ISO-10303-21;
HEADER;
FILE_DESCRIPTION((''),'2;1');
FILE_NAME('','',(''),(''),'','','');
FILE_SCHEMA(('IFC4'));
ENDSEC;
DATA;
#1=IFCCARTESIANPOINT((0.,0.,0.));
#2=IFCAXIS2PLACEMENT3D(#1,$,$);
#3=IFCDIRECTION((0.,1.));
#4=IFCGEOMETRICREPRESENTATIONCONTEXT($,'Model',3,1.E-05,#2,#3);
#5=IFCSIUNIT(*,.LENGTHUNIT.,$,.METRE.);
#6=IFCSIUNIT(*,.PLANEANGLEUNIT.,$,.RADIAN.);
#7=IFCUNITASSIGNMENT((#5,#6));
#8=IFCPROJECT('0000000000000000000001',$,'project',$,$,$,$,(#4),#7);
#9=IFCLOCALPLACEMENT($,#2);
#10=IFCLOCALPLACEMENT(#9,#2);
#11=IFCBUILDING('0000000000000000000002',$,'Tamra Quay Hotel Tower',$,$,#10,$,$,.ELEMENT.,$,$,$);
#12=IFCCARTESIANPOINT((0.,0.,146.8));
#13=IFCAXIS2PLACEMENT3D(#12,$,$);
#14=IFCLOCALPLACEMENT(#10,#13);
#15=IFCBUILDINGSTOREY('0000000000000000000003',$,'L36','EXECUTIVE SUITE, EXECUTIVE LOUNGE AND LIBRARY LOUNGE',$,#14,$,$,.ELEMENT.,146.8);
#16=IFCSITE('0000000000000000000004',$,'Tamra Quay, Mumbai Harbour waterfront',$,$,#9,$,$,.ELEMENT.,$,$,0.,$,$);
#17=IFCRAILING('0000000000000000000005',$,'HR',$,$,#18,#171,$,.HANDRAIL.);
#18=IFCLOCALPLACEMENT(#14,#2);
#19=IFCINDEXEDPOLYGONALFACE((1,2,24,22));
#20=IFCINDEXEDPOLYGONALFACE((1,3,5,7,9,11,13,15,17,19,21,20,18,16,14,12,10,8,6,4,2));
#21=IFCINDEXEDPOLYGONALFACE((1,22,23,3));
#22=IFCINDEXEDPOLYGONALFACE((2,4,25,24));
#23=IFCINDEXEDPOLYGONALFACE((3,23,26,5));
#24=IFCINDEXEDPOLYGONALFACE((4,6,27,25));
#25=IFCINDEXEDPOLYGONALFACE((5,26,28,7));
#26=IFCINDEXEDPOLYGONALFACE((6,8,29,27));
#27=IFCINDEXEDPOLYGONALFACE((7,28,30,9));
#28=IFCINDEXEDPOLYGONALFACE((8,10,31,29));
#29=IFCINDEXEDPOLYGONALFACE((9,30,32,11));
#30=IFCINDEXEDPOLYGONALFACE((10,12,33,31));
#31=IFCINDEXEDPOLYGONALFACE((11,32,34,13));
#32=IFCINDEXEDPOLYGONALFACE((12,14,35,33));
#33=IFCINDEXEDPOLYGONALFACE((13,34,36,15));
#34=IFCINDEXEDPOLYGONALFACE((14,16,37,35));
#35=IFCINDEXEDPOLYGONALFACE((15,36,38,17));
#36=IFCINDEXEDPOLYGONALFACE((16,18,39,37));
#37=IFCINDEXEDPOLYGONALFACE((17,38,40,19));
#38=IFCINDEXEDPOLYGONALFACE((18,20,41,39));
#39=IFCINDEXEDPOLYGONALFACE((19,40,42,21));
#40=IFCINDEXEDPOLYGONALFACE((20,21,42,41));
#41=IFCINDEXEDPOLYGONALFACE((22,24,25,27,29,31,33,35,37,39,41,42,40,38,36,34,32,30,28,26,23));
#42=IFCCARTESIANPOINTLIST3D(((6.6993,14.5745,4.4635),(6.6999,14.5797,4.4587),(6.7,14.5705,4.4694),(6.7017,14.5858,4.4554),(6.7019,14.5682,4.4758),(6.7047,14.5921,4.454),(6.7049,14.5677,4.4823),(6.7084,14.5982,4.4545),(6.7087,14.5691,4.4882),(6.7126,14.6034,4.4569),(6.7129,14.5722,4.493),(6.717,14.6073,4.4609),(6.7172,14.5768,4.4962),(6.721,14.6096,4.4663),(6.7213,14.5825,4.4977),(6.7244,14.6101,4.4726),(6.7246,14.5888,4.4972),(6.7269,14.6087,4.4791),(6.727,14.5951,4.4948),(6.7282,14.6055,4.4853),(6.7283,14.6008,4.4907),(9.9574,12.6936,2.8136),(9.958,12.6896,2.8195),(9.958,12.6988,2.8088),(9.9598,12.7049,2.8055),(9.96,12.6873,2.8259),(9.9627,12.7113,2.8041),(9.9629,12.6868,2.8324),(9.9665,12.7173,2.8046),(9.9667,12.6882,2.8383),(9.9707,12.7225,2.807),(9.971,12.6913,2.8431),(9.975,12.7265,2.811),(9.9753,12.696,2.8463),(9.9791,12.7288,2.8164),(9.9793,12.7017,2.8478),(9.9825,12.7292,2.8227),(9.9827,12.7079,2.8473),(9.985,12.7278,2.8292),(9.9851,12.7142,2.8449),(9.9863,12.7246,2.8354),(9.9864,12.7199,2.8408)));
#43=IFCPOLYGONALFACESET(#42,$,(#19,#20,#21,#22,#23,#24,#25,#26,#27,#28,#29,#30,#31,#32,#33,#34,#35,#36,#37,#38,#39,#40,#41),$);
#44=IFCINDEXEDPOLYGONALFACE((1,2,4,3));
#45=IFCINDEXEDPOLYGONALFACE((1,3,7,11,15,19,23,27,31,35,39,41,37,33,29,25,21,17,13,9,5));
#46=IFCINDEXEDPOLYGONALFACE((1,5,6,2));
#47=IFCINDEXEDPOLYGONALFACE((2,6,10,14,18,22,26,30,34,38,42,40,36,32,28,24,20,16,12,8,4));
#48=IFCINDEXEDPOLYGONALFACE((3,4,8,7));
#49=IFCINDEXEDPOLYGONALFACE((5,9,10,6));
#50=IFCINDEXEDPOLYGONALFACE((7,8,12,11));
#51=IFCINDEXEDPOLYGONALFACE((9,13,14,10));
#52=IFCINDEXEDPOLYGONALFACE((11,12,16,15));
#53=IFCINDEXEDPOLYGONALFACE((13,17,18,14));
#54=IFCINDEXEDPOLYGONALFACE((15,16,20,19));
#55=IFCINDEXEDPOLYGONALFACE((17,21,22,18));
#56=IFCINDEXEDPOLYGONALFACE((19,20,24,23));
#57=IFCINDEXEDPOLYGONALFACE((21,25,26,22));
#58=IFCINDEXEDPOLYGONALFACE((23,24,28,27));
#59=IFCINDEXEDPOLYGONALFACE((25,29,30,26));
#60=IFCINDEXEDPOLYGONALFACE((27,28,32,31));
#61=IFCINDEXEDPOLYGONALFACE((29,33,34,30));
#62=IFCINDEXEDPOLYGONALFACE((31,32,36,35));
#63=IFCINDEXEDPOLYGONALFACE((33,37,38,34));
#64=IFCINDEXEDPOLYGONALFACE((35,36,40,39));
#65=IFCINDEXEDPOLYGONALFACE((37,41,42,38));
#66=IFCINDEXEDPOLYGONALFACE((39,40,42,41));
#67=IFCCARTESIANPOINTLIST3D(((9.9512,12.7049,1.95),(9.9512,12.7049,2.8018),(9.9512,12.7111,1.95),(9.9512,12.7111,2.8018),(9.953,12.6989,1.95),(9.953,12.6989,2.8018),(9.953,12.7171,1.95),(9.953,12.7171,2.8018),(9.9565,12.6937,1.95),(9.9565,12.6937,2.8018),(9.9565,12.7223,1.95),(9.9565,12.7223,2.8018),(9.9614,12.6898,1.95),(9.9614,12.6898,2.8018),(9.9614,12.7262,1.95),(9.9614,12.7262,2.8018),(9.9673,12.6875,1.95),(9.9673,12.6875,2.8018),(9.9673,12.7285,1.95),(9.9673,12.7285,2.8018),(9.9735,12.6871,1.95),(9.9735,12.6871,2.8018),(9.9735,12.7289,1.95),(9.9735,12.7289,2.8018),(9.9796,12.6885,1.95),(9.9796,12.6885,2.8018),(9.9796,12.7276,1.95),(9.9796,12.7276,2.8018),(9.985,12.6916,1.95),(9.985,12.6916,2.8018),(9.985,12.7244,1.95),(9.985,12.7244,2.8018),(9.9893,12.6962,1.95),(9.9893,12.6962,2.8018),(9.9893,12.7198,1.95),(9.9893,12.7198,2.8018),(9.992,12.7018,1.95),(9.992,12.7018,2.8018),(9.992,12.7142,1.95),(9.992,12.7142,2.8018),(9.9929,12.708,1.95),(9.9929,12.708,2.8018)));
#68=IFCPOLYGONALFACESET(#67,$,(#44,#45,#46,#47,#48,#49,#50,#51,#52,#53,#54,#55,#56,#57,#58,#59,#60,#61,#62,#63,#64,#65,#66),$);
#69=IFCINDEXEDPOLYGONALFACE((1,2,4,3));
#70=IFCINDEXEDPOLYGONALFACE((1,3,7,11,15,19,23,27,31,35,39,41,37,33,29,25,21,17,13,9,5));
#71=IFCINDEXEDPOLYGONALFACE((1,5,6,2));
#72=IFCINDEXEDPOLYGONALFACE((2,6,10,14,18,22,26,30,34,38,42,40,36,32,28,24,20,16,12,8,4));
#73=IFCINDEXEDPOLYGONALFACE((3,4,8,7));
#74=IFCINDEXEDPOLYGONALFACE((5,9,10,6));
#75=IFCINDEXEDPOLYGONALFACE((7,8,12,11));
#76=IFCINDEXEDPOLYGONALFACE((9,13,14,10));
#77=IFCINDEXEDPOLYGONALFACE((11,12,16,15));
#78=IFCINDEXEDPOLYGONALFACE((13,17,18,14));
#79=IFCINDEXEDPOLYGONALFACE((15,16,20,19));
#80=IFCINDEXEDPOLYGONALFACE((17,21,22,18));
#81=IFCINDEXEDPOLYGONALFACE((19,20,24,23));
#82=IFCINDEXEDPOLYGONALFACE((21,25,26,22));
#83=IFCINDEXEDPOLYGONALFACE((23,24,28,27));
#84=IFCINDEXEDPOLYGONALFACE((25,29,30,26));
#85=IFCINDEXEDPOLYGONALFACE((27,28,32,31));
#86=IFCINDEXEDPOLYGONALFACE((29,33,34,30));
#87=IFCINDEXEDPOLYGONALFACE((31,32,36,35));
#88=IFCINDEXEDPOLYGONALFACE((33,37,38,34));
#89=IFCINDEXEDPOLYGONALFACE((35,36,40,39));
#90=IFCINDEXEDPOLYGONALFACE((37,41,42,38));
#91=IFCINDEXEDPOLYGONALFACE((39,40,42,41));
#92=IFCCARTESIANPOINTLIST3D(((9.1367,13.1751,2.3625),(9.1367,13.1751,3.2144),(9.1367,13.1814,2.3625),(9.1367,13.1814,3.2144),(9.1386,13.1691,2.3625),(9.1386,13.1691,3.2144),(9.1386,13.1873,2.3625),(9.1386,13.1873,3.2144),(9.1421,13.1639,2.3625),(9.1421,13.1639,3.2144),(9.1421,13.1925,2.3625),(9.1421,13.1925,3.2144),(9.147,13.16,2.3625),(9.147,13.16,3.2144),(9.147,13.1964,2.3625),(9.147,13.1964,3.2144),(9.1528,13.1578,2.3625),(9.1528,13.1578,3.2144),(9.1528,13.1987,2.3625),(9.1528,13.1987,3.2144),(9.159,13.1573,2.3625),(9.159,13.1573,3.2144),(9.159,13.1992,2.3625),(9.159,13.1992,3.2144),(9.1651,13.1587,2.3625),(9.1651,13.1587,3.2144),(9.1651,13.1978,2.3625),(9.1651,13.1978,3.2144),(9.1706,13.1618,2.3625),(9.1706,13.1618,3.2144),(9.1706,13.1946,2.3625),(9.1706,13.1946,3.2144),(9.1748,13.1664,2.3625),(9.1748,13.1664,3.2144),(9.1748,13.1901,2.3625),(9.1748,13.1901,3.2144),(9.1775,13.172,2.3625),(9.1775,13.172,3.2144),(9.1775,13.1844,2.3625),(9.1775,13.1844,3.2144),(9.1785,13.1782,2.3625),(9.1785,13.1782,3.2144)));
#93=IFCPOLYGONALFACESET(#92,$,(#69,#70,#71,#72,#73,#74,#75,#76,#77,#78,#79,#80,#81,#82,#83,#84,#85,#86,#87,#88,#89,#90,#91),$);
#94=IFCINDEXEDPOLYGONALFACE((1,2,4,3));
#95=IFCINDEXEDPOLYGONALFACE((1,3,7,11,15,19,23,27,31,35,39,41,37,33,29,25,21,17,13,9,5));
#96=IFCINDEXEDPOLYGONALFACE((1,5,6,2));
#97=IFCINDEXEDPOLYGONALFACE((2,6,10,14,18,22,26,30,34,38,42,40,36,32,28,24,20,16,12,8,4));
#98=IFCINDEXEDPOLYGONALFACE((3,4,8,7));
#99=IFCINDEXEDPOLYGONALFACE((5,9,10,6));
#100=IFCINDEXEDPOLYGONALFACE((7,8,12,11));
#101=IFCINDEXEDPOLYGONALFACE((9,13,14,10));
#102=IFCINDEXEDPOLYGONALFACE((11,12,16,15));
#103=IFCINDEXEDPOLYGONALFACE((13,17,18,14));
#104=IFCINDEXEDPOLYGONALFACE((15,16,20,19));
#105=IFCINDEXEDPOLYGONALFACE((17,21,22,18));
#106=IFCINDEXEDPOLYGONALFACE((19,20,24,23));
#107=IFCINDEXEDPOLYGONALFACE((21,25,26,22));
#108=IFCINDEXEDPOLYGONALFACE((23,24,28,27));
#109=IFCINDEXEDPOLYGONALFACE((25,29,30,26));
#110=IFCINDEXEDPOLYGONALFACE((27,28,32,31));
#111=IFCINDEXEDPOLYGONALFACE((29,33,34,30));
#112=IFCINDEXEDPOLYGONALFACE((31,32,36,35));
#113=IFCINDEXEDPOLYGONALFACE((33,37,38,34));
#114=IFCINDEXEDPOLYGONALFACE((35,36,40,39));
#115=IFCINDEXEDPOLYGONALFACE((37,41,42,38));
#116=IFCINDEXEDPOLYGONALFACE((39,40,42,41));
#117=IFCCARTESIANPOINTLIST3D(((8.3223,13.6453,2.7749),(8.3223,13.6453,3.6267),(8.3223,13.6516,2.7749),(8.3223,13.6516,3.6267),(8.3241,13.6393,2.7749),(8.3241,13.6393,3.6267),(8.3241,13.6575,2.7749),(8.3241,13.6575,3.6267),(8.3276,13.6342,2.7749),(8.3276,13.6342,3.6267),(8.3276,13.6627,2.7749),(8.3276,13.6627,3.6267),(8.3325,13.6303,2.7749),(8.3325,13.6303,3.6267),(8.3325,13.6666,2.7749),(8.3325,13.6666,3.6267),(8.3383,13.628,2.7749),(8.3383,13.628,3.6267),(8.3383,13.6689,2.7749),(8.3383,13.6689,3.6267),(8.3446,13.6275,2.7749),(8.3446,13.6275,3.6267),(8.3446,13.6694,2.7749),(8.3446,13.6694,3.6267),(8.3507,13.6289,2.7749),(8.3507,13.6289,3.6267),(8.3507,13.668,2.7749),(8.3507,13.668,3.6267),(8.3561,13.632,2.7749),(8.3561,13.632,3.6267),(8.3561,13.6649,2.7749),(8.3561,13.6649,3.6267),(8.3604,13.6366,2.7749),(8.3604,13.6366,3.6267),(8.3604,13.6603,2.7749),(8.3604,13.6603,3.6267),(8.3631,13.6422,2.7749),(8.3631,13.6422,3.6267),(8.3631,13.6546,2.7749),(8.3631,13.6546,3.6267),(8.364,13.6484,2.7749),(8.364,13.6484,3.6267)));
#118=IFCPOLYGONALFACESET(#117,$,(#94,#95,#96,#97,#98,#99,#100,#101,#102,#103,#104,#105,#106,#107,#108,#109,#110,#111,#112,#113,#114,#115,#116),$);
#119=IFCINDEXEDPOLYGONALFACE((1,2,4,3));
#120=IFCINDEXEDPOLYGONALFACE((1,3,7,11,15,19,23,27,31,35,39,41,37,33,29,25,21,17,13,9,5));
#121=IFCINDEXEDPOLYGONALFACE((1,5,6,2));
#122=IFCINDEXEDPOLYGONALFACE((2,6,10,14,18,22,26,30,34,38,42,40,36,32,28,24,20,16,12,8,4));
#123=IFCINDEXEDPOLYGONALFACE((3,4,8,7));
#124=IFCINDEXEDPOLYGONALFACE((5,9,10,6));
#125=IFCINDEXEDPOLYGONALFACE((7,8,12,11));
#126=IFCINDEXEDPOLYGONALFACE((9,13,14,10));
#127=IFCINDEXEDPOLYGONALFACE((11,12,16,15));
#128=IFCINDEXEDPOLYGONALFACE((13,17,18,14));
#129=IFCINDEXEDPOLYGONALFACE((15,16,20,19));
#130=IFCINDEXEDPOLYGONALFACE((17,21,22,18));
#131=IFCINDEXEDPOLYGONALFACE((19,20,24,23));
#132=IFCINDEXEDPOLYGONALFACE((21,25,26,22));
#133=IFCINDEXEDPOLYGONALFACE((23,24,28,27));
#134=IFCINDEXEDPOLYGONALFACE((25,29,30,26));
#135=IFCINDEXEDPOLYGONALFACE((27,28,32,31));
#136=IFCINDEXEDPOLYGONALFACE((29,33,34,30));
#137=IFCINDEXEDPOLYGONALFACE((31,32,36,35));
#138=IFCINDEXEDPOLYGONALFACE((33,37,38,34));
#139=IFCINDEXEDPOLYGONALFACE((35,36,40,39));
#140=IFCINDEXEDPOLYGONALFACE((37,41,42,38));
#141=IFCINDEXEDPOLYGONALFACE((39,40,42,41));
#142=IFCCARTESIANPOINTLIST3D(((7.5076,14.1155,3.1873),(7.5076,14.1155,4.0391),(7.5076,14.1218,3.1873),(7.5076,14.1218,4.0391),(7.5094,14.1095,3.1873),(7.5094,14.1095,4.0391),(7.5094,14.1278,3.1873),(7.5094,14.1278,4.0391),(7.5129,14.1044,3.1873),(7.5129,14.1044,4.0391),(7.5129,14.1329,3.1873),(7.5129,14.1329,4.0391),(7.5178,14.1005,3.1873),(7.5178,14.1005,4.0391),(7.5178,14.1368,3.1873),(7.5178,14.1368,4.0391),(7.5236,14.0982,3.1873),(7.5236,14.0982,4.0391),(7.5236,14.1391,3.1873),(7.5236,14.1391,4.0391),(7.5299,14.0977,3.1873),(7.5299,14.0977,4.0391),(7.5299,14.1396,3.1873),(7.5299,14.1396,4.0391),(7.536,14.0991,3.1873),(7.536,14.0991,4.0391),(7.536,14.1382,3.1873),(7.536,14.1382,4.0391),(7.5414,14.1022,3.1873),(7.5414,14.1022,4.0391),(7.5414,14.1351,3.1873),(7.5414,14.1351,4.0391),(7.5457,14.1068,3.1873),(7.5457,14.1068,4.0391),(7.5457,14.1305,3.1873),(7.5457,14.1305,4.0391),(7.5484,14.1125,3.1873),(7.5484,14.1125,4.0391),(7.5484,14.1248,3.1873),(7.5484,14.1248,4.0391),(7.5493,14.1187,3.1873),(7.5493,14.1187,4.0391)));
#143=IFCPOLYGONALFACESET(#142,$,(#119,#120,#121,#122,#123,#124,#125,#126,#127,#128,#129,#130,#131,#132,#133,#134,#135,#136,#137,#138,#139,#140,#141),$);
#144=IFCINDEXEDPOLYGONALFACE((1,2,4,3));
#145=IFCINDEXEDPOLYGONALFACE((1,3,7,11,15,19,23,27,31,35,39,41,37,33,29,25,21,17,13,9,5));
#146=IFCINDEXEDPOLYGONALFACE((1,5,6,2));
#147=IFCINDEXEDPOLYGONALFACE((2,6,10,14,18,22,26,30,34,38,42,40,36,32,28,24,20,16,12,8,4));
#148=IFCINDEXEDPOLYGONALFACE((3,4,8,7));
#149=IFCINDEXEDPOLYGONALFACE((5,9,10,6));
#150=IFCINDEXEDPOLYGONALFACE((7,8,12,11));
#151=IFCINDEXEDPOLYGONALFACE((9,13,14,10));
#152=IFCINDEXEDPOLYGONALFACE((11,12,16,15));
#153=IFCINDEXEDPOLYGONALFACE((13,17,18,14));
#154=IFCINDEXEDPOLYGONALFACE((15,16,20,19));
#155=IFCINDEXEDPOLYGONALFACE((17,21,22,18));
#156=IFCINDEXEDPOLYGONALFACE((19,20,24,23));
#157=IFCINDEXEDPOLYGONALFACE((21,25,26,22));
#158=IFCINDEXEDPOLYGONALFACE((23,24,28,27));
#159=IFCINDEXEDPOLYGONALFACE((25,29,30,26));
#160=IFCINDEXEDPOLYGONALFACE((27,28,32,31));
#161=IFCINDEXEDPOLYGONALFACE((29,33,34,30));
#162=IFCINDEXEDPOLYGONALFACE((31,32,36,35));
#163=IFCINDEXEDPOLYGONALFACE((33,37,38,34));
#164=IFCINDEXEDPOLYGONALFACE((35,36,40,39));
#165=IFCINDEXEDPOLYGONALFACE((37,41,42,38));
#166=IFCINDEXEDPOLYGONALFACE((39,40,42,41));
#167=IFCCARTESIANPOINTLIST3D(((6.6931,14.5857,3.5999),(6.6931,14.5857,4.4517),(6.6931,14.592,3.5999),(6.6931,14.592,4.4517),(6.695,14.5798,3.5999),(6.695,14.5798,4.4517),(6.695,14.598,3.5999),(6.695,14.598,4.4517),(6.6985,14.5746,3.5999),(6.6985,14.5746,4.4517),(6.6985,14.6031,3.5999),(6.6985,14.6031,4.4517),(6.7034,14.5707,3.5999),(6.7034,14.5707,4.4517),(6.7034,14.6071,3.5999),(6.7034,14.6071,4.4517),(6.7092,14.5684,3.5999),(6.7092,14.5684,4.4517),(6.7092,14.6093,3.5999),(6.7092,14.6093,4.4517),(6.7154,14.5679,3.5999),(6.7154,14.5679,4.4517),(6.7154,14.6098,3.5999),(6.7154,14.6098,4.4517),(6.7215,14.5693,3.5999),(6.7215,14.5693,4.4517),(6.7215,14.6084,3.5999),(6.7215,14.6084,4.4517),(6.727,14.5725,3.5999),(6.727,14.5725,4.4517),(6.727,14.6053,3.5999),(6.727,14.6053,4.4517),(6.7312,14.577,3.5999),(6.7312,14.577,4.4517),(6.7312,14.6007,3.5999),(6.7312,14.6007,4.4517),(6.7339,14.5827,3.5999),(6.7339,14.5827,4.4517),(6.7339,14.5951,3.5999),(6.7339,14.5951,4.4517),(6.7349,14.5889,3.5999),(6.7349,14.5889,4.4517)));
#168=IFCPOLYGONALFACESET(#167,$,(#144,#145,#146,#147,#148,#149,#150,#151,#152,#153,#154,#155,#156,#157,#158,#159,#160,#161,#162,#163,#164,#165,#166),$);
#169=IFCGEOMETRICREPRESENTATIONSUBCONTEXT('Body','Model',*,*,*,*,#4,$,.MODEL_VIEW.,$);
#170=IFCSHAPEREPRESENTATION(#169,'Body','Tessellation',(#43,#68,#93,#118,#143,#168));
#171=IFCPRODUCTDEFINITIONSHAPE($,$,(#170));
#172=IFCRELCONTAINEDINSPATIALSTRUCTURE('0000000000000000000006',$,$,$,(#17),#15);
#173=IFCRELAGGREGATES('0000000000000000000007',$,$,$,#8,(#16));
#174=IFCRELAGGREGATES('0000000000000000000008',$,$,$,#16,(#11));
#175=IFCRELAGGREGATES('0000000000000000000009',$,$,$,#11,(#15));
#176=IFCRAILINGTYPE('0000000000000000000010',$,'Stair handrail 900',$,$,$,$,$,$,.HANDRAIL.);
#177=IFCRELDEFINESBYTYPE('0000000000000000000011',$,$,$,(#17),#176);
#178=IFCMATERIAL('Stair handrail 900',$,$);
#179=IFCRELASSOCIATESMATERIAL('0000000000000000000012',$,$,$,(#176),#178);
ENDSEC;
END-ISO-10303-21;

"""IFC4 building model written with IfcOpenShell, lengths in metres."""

from ifc_helpers import new_model, si_unit, direction, frame, origin, origin_2d, place, context, subcontext, project, spatial, circle, extrude, material, type_object, element, save


model = new_model("IFC4")

# Units and contexts
model_context = context("Model", 3, precision=1e-05, world=origin(), true_north=direction((0.0, 1.0)))
body_context = subcontext(model_context, "Body", "Model", "MODEL_VIEW")
ifc_project = project(units=[si_unit("LENGTHUNIT", "METRE"), si_unit("PLANEANGLEUNIT", "RADIAN")], contexts=[model_context])

# Site, building, storey
site_placement = place(None, origin())
site = spatial("IfcSite", under=ifc_project, at=site_placement, Name="Tamra Quay, Mumbai Harbour waterfront", CompositionType="ELEMENT", RefElevation=0.0)
building_placement = place(site_placement, origin())
building = spatial("IfcBuilding", under=site, at=building_placement, Name="Tamra Quay Hotel Tower", CompositionType="ELEMENT")
storey_placement = place(building_placement, frame((0.0, 0.0, 146.8)))
storey = spatial("IfcBuildingStorey", under=building, at=storey_placement, Name="L36", Description="EXECUTIVE SUITE, EXECUTIVE LOUNGE AND LIBRARY LOUNGE", CompositionType="ELEMENT", Elevation=146.8)

# Railing
ifc_material_1 = material(Name="Stair handrail 900")
railing_type_1 = type_object("IfcRailingType", Name="Stair handrail 900", PredefinedType="HANDRAIL", material=ifc_material_1)
railing_1_placement = place(storey_placement, frame((9.9719, 12.708, 1.95)))
element("IfcRailing", 1, at=railing_1_placement, inside=storey, type_object=railing_type_1, Name="HR", PredefinedType="HANDRAIL", context=body_context, shape_type="SweptSolid", body=[
    extrude(circle(Radius=0.0239, at=origin_2d()), frame((0.0, 0.0, 0.876), z_axis=(-0.793122, 0.457865, 0.401642), x_axis=(-0.499964, -0.866046, 0.0)), (0.0, 0.0, 1.0), 4.1079),
    extrude(circle(Radius=0.021, at=origin_2d()), origin(), (0.0, 0.0, 1.0), 0.8518),
    extrude(circle(Radius=0.021, at=origin_2d()), frame((-0.8145, 0.4702, 0.4126)), (0.0, 0.0, 1.0), 0.8518),
    extrude(circle(Radius=0.021, at=origin_2d()), frame((-1.6289, 0.9404, 0.825)), (0.0, 0.0, 1.0), 0.8518),
    extrude(circle(Radius=0.021, at=origin_2d()), frame((-2.4436, 1.4106, 1.2373)), (0.0, 0.0, 1.0), 0.8518),
    extrude(circle(Radius=0.021, at=origin_2d()), frame((-3.2581, 1.8809, 1.6499)), (0.0, 0.0, 1.0), 0.8518),
])

save(model, "model.ifc")
